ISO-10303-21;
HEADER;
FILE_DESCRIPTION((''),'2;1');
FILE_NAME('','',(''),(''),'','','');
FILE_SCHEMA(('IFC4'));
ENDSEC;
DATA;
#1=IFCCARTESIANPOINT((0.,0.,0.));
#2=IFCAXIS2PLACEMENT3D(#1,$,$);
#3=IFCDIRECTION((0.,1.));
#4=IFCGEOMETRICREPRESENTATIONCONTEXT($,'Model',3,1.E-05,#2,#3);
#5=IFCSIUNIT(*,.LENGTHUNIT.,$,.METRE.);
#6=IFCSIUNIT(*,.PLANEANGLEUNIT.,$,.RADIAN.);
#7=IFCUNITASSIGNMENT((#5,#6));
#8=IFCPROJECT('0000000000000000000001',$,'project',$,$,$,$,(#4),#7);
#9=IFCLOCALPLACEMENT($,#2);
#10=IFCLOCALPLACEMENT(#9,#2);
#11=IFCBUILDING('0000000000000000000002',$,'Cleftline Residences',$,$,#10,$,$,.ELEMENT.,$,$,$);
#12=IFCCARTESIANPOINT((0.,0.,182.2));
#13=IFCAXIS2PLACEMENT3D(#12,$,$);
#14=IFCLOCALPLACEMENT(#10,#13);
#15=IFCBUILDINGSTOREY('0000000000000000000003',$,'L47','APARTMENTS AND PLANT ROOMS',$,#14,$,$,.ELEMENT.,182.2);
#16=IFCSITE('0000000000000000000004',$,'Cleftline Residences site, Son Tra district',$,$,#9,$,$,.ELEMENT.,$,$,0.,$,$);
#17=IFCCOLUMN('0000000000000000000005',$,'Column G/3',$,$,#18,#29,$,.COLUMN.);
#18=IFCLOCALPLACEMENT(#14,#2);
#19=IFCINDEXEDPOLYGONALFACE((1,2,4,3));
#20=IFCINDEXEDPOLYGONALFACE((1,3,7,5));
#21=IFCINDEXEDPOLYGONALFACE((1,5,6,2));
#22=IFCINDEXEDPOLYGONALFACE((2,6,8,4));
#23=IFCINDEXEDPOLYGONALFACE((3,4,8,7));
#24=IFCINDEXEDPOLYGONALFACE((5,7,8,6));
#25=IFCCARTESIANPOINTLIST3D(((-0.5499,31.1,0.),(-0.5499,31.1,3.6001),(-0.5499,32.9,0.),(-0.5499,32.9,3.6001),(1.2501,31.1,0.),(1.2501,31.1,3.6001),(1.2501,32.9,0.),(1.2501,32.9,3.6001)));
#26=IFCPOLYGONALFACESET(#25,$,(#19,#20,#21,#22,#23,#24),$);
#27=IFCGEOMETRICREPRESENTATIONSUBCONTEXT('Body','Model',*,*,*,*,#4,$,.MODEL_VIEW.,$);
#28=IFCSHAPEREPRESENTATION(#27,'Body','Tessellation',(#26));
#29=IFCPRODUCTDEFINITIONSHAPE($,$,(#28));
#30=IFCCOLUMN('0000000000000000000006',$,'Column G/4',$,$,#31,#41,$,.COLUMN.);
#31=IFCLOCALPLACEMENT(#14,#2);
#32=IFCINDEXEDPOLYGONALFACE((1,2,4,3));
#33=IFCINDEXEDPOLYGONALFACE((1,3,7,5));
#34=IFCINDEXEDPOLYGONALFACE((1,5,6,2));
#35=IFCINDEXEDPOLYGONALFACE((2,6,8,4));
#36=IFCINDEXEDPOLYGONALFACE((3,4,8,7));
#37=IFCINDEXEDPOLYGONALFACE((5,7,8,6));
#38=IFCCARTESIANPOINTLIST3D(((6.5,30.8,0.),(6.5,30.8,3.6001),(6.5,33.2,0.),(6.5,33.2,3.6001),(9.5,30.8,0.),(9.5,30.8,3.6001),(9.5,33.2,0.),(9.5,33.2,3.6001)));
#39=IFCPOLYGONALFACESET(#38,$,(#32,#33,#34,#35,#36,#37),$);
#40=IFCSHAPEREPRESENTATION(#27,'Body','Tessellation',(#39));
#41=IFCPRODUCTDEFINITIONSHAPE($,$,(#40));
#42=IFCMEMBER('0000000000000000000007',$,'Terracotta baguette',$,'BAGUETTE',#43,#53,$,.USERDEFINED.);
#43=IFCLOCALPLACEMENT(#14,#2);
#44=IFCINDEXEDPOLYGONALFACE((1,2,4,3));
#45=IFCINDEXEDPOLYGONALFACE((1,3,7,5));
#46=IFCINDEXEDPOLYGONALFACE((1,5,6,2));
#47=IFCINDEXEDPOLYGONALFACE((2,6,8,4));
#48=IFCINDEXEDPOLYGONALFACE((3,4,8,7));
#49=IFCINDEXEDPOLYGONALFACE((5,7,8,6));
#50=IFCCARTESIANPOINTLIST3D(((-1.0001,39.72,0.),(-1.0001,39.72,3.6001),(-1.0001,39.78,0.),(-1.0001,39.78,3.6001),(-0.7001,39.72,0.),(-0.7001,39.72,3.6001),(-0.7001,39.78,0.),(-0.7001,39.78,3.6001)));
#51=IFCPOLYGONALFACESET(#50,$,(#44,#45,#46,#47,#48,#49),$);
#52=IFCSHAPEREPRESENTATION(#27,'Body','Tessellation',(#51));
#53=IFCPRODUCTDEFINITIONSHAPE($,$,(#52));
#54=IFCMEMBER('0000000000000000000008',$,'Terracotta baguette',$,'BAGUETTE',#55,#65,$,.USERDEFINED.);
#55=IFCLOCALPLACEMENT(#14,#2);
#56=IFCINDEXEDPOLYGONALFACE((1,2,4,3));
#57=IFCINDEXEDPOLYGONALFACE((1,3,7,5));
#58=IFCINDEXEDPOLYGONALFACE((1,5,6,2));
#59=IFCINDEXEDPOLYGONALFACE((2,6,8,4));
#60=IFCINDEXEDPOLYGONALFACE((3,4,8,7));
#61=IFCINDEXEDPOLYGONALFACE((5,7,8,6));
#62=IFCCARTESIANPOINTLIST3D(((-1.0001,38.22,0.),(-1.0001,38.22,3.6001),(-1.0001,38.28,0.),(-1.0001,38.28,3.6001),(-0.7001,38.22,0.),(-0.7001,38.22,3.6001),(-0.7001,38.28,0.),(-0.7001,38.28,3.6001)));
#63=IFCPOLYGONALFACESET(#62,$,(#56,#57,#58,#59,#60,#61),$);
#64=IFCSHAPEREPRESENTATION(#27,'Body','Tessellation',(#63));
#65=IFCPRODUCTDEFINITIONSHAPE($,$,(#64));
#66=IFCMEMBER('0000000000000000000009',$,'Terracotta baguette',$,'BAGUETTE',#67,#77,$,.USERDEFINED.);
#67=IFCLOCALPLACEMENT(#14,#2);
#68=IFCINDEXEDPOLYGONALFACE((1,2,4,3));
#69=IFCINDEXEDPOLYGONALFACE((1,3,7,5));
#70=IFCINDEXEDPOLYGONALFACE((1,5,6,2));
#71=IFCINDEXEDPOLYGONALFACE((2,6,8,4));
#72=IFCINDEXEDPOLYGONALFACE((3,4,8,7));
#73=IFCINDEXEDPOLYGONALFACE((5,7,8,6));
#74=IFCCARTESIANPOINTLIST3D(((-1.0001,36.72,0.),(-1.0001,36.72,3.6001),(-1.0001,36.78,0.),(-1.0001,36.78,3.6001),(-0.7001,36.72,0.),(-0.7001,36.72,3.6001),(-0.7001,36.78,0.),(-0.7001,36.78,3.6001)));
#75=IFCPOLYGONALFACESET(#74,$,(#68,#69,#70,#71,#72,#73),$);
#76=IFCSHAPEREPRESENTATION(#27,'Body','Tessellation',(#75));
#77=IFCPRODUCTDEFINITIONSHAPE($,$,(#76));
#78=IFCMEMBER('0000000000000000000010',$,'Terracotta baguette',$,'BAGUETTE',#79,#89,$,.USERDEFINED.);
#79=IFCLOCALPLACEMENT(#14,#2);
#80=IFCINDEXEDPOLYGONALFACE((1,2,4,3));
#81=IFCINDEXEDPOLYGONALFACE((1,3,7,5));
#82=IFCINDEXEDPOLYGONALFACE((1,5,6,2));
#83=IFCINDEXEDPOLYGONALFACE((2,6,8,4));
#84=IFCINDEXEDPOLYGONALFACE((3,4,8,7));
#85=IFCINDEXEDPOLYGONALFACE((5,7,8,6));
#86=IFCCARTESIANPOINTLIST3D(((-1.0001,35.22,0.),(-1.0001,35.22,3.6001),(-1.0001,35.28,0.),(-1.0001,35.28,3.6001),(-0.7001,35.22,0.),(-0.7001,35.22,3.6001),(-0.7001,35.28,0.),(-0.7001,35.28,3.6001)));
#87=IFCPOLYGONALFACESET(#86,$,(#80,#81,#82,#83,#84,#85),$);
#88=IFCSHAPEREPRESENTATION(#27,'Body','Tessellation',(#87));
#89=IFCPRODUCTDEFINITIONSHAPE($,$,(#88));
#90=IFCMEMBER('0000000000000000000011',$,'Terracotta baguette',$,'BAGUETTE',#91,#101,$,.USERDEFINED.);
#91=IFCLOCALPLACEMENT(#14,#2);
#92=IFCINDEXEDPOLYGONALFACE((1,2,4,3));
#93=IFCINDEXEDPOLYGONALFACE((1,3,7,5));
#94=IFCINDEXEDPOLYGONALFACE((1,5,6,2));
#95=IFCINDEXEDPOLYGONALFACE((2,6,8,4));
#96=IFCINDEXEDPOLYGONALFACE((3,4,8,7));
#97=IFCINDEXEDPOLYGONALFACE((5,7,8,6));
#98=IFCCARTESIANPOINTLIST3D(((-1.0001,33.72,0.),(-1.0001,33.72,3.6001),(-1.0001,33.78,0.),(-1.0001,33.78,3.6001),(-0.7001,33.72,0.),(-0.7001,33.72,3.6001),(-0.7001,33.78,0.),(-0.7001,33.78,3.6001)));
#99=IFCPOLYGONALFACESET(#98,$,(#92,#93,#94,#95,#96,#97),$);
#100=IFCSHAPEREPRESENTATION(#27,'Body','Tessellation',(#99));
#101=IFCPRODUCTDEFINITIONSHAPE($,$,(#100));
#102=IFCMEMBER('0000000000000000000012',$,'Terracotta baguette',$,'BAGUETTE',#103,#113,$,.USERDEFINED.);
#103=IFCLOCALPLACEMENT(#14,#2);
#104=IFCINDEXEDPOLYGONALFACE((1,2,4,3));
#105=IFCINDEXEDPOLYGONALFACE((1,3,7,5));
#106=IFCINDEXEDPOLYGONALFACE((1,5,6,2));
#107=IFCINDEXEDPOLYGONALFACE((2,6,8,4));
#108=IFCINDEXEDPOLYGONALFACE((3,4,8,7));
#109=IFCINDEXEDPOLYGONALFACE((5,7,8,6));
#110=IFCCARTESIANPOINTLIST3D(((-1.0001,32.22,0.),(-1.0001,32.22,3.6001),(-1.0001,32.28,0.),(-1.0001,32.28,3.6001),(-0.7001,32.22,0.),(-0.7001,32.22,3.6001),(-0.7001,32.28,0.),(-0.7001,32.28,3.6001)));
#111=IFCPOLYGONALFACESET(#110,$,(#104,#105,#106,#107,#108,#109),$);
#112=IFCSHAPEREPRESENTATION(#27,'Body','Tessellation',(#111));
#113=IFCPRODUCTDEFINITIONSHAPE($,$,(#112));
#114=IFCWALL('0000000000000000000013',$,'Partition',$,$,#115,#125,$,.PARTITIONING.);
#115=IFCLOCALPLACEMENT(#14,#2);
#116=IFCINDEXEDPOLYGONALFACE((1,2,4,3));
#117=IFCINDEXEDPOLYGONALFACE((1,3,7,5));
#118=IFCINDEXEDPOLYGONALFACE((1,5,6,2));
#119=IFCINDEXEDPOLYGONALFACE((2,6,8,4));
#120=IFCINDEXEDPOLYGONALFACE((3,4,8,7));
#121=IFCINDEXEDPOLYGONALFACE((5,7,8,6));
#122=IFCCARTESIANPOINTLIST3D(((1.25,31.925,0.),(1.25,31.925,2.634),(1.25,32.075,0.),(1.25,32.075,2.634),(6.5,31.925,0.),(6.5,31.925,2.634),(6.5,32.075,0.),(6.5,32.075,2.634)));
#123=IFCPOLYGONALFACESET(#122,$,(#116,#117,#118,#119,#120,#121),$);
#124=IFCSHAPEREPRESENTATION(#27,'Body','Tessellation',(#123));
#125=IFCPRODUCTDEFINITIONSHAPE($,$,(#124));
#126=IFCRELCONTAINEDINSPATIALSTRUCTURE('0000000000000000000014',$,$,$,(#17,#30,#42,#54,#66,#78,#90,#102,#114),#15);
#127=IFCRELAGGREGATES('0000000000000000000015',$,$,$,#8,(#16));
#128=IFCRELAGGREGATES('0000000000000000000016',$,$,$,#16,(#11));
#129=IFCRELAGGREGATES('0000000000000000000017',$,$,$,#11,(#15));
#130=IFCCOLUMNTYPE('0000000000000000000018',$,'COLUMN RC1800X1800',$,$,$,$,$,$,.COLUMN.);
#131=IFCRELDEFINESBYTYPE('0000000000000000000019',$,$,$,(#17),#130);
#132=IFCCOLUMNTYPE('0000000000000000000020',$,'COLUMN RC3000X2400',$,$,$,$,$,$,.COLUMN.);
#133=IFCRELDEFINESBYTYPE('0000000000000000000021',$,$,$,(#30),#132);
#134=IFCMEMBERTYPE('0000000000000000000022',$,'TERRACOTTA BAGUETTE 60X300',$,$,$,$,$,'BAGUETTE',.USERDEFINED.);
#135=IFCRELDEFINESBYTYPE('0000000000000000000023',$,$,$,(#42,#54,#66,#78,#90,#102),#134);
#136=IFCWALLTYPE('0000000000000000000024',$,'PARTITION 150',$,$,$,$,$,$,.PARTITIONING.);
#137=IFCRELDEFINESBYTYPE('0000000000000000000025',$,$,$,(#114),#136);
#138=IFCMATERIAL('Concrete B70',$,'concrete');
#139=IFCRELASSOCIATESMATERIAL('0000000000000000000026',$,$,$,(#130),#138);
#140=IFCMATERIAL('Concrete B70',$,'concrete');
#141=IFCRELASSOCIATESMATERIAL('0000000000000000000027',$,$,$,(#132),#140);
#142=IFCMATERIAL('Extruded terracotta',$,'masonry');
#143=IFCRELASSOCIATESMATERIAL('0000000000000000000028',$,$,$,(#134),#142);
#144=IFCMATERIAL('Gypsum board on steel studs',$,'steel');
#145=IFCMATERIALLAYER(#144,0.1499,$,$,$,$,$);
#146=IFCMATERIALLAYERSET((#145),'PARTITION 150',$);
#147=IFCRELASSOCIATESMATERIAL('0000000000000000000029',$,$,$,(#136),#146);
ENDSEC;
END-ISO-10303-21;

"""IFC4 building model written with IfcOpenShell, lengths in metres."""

from ifc_helpers import new_model, si_unit, direction, frame, frame_2d, origin, origin_2d, place, context, subcontext, project, spatial, rectangle, extrude, material, layer, layer_set, material_profile, profile_set, type_object, element, save


model = new_model("IFC4")

# Units and contexts
model_context = context("Model", 3, precision=1e-05, world=origin(), true_north=direction((0.0, 1.0)))
body_context = subcontext(model_context, "Body", "Model", "MODEL_VIEW")
ifc_project = project(units=[si_unit("LENGTHUNIT", "METRE"), si_unit("PLANEANGLEUNIT", "RADIAN")], contexts=[model_context])

# Site, building, storey
site_placement = place(None, origin())
site = spatial("IfcSite", under=ifc_project, at=site_placement, Name="Cleftline Residences site, Son Tra district", CompositionType="ELEMENT", RefElevation=0.0)
building_placement = place(site_placement, origin())
building = spatial("IfcBuilding", under=site, at=building_placement, Name="Cleftline Residences", CompositionType="ELEMENT")
storey_placement = place(building_placement, frame((0.0, 0.0, 182.2)))
storey = spatial("IfcBuildingStorey", under=building, at=storey_placement, Name="L47", Description="APARTMENTS AND PLANT ROOMS", CompositionType="ELEMENT", Elevation=182.2)

# Columns
ifc_material_1 = material(Name="Concrete B70", Category="concrete")
ifc_material_profile_1 = material_profile(ifc_material_1, rectangle(XDim=1.8, YDim=1.8, at=origin_2d()))
ifc_profile_set_1 = profile_set([ifc_material_profile_1], Name="Concrete B70")
column_type_1 = type_object("IfcColumnType", Name="COLUMN RC1800X1800", PredefinedType="COLUMN", material=ifc_profile_set_1)
column_1_placement = place(storey_placement, frame((0.3501, 32.0, 0.0), z_axis=(0.0, 0.0, 1.0), x_axis=(1.0, 0.0, 0.0)))
element("IfcColumn", 1, at=column_1_placement, inside=storey, type_object=column_type_1, Name="Column G/3", PredefinedType="COLUMN", context=body_context, shape_type="SweptSolid", body=[
    extrude(rectangle(XDim=1.8, YDim=1.8, at=origin_2d()), origin(), (0.0, 0.0, 1.0), 3.6001),
])
ifc_material_2 = material(Name="Concrete B70", Category="concrete")
ifc_material_profile_2 = material_profile(ifc_material_2, rectangle(XDim=3.0, YDim=2.3999, at=origin_2d()))
ifc_profile_set_2 = profile_set([ifc_material_profile_2], Name="Concrete B70")
column_type_2 = type_object("IfcColumnType", Name="COLUMN RC3000X2400", PredefinedType="COLUMN", material=ifc_profile_set_2)
column_2_placement = place(storey_placement, frame((8.0, 32.0, 0.0), z_axis=(0.0, 0.0, 1.0), x_axis=(1.0, 0.0, 0.0)))
element("IfcColumn", 2, at=column_2_placement, inside=storey, type_object=column_type_2, Name="Column G/4", PredefinedType="COLUMN", context=body_context, shape_type="SweptSolid", body=[
    extrude(rectangle(XDim=3.0, YDim=2.3999, at=origin_2d()), origin(), (0.0, 0.0, 1.0), 3.6001),
])

# Members
ifc_material_3 = material(Name="Extruded terracotta", Category="masonry")
ifc_material_profile_3 = material_profile(ifc_material_3, rectangle(XDim=0.0601, YDim=0.3, at=origin_2d()))
ifc_profile_set_3 = profile_set([ifc_material_profile_3], Name="Extruded terracotta")
member_type = type_object("IfcMemberType", Name="TERRACOTTA BAGUETTE 60X300", ElementType="BAGUETTE", PredefinedType="USERDEFINED", material=ifc_profile_set_3)
for number, where, z_axis, x_axis, name in (
    (3, (-0.8501, 39.75, 0.0), (0.0, 0.0, 1.0), (0.0, 1.0, 0.0), "Terracotta baguette"),
    (4, (-0.8501, 38.25, 0.0), (0.0, 0.0, 1.0), (0.0, 1.0, 0.0), "Terracotta baguette"),
    (5, (-0.8501, 36.75, 0.0), (0.0, 0.0, 1.0), (0.0, 1.0, 0.0), "Terracotta baguette"),
    (6, (-0.8501, 35.25, 0.0), (0.0, 0.0, 1.0), (0.0, 1.0, 0.0), "Terracotta baguette"),
    (7, (-0.8501, 33.75, 0.0), (0.0, 0.0, 1.0), (0.0, 1.0, 0.0), "Terracotta baguette"),
    (8, (-0.8501, 32.25, 0.0), (0.0, 0.0, 1.0), (0.0, 1.0, 0.0), "Terracotta baguette"),
):
    element("IfcMember", number, at=place(storey_placement, frame(where, z_axis=z_axis, x_axis=x_axis)), inside=storey, type_object=member_type, Name=name, ObjectType="BAGUETTE", PredefinedType="USERDEFINED", context=body_context, shape_type="SweptSolid", body=[
        extrude(rectangle(XDim=0.0601, YDim=0.3, at=origin_2d()), origin(), (0.0, 0.0, 1.0), 3.6001),
    ])

# Wall
ifc_material_4 = material(Name="Gypsum board on steel studs", Category="steel")
ifc_layer = layer(ifc_material_4, 0.1499)
ifc_layer_set = layer_set([ifc_layer], Name="PARTITION 150")
wall_type = type_object("IfcWallType", Name="PARTITION 150", PredefinedType="PARTITIONING", material=ifc_layer_set)
wall_1_placement = place(storey_placement, frame((1.25, 32.0, 0.0), z_axis=(0.0, 0.0, 1.0), x_axis=(1.0, 0.0, 0.0)))
element("IfcWall", 9, at=wall_1_placement, inside=storey, type_object=wall_type, Name="Partition", PredefinedType="PARTITIONING", context=body_context, shape_type="SweptSolid", body=[
    extrude(rectangle(XDim=5.25, YDim=0.1499, at=frame_2d((2.625, 0.0))), origin(), (0.0, 0.0, 1.0), 2.634),
])

save(model, "model.ifc")
